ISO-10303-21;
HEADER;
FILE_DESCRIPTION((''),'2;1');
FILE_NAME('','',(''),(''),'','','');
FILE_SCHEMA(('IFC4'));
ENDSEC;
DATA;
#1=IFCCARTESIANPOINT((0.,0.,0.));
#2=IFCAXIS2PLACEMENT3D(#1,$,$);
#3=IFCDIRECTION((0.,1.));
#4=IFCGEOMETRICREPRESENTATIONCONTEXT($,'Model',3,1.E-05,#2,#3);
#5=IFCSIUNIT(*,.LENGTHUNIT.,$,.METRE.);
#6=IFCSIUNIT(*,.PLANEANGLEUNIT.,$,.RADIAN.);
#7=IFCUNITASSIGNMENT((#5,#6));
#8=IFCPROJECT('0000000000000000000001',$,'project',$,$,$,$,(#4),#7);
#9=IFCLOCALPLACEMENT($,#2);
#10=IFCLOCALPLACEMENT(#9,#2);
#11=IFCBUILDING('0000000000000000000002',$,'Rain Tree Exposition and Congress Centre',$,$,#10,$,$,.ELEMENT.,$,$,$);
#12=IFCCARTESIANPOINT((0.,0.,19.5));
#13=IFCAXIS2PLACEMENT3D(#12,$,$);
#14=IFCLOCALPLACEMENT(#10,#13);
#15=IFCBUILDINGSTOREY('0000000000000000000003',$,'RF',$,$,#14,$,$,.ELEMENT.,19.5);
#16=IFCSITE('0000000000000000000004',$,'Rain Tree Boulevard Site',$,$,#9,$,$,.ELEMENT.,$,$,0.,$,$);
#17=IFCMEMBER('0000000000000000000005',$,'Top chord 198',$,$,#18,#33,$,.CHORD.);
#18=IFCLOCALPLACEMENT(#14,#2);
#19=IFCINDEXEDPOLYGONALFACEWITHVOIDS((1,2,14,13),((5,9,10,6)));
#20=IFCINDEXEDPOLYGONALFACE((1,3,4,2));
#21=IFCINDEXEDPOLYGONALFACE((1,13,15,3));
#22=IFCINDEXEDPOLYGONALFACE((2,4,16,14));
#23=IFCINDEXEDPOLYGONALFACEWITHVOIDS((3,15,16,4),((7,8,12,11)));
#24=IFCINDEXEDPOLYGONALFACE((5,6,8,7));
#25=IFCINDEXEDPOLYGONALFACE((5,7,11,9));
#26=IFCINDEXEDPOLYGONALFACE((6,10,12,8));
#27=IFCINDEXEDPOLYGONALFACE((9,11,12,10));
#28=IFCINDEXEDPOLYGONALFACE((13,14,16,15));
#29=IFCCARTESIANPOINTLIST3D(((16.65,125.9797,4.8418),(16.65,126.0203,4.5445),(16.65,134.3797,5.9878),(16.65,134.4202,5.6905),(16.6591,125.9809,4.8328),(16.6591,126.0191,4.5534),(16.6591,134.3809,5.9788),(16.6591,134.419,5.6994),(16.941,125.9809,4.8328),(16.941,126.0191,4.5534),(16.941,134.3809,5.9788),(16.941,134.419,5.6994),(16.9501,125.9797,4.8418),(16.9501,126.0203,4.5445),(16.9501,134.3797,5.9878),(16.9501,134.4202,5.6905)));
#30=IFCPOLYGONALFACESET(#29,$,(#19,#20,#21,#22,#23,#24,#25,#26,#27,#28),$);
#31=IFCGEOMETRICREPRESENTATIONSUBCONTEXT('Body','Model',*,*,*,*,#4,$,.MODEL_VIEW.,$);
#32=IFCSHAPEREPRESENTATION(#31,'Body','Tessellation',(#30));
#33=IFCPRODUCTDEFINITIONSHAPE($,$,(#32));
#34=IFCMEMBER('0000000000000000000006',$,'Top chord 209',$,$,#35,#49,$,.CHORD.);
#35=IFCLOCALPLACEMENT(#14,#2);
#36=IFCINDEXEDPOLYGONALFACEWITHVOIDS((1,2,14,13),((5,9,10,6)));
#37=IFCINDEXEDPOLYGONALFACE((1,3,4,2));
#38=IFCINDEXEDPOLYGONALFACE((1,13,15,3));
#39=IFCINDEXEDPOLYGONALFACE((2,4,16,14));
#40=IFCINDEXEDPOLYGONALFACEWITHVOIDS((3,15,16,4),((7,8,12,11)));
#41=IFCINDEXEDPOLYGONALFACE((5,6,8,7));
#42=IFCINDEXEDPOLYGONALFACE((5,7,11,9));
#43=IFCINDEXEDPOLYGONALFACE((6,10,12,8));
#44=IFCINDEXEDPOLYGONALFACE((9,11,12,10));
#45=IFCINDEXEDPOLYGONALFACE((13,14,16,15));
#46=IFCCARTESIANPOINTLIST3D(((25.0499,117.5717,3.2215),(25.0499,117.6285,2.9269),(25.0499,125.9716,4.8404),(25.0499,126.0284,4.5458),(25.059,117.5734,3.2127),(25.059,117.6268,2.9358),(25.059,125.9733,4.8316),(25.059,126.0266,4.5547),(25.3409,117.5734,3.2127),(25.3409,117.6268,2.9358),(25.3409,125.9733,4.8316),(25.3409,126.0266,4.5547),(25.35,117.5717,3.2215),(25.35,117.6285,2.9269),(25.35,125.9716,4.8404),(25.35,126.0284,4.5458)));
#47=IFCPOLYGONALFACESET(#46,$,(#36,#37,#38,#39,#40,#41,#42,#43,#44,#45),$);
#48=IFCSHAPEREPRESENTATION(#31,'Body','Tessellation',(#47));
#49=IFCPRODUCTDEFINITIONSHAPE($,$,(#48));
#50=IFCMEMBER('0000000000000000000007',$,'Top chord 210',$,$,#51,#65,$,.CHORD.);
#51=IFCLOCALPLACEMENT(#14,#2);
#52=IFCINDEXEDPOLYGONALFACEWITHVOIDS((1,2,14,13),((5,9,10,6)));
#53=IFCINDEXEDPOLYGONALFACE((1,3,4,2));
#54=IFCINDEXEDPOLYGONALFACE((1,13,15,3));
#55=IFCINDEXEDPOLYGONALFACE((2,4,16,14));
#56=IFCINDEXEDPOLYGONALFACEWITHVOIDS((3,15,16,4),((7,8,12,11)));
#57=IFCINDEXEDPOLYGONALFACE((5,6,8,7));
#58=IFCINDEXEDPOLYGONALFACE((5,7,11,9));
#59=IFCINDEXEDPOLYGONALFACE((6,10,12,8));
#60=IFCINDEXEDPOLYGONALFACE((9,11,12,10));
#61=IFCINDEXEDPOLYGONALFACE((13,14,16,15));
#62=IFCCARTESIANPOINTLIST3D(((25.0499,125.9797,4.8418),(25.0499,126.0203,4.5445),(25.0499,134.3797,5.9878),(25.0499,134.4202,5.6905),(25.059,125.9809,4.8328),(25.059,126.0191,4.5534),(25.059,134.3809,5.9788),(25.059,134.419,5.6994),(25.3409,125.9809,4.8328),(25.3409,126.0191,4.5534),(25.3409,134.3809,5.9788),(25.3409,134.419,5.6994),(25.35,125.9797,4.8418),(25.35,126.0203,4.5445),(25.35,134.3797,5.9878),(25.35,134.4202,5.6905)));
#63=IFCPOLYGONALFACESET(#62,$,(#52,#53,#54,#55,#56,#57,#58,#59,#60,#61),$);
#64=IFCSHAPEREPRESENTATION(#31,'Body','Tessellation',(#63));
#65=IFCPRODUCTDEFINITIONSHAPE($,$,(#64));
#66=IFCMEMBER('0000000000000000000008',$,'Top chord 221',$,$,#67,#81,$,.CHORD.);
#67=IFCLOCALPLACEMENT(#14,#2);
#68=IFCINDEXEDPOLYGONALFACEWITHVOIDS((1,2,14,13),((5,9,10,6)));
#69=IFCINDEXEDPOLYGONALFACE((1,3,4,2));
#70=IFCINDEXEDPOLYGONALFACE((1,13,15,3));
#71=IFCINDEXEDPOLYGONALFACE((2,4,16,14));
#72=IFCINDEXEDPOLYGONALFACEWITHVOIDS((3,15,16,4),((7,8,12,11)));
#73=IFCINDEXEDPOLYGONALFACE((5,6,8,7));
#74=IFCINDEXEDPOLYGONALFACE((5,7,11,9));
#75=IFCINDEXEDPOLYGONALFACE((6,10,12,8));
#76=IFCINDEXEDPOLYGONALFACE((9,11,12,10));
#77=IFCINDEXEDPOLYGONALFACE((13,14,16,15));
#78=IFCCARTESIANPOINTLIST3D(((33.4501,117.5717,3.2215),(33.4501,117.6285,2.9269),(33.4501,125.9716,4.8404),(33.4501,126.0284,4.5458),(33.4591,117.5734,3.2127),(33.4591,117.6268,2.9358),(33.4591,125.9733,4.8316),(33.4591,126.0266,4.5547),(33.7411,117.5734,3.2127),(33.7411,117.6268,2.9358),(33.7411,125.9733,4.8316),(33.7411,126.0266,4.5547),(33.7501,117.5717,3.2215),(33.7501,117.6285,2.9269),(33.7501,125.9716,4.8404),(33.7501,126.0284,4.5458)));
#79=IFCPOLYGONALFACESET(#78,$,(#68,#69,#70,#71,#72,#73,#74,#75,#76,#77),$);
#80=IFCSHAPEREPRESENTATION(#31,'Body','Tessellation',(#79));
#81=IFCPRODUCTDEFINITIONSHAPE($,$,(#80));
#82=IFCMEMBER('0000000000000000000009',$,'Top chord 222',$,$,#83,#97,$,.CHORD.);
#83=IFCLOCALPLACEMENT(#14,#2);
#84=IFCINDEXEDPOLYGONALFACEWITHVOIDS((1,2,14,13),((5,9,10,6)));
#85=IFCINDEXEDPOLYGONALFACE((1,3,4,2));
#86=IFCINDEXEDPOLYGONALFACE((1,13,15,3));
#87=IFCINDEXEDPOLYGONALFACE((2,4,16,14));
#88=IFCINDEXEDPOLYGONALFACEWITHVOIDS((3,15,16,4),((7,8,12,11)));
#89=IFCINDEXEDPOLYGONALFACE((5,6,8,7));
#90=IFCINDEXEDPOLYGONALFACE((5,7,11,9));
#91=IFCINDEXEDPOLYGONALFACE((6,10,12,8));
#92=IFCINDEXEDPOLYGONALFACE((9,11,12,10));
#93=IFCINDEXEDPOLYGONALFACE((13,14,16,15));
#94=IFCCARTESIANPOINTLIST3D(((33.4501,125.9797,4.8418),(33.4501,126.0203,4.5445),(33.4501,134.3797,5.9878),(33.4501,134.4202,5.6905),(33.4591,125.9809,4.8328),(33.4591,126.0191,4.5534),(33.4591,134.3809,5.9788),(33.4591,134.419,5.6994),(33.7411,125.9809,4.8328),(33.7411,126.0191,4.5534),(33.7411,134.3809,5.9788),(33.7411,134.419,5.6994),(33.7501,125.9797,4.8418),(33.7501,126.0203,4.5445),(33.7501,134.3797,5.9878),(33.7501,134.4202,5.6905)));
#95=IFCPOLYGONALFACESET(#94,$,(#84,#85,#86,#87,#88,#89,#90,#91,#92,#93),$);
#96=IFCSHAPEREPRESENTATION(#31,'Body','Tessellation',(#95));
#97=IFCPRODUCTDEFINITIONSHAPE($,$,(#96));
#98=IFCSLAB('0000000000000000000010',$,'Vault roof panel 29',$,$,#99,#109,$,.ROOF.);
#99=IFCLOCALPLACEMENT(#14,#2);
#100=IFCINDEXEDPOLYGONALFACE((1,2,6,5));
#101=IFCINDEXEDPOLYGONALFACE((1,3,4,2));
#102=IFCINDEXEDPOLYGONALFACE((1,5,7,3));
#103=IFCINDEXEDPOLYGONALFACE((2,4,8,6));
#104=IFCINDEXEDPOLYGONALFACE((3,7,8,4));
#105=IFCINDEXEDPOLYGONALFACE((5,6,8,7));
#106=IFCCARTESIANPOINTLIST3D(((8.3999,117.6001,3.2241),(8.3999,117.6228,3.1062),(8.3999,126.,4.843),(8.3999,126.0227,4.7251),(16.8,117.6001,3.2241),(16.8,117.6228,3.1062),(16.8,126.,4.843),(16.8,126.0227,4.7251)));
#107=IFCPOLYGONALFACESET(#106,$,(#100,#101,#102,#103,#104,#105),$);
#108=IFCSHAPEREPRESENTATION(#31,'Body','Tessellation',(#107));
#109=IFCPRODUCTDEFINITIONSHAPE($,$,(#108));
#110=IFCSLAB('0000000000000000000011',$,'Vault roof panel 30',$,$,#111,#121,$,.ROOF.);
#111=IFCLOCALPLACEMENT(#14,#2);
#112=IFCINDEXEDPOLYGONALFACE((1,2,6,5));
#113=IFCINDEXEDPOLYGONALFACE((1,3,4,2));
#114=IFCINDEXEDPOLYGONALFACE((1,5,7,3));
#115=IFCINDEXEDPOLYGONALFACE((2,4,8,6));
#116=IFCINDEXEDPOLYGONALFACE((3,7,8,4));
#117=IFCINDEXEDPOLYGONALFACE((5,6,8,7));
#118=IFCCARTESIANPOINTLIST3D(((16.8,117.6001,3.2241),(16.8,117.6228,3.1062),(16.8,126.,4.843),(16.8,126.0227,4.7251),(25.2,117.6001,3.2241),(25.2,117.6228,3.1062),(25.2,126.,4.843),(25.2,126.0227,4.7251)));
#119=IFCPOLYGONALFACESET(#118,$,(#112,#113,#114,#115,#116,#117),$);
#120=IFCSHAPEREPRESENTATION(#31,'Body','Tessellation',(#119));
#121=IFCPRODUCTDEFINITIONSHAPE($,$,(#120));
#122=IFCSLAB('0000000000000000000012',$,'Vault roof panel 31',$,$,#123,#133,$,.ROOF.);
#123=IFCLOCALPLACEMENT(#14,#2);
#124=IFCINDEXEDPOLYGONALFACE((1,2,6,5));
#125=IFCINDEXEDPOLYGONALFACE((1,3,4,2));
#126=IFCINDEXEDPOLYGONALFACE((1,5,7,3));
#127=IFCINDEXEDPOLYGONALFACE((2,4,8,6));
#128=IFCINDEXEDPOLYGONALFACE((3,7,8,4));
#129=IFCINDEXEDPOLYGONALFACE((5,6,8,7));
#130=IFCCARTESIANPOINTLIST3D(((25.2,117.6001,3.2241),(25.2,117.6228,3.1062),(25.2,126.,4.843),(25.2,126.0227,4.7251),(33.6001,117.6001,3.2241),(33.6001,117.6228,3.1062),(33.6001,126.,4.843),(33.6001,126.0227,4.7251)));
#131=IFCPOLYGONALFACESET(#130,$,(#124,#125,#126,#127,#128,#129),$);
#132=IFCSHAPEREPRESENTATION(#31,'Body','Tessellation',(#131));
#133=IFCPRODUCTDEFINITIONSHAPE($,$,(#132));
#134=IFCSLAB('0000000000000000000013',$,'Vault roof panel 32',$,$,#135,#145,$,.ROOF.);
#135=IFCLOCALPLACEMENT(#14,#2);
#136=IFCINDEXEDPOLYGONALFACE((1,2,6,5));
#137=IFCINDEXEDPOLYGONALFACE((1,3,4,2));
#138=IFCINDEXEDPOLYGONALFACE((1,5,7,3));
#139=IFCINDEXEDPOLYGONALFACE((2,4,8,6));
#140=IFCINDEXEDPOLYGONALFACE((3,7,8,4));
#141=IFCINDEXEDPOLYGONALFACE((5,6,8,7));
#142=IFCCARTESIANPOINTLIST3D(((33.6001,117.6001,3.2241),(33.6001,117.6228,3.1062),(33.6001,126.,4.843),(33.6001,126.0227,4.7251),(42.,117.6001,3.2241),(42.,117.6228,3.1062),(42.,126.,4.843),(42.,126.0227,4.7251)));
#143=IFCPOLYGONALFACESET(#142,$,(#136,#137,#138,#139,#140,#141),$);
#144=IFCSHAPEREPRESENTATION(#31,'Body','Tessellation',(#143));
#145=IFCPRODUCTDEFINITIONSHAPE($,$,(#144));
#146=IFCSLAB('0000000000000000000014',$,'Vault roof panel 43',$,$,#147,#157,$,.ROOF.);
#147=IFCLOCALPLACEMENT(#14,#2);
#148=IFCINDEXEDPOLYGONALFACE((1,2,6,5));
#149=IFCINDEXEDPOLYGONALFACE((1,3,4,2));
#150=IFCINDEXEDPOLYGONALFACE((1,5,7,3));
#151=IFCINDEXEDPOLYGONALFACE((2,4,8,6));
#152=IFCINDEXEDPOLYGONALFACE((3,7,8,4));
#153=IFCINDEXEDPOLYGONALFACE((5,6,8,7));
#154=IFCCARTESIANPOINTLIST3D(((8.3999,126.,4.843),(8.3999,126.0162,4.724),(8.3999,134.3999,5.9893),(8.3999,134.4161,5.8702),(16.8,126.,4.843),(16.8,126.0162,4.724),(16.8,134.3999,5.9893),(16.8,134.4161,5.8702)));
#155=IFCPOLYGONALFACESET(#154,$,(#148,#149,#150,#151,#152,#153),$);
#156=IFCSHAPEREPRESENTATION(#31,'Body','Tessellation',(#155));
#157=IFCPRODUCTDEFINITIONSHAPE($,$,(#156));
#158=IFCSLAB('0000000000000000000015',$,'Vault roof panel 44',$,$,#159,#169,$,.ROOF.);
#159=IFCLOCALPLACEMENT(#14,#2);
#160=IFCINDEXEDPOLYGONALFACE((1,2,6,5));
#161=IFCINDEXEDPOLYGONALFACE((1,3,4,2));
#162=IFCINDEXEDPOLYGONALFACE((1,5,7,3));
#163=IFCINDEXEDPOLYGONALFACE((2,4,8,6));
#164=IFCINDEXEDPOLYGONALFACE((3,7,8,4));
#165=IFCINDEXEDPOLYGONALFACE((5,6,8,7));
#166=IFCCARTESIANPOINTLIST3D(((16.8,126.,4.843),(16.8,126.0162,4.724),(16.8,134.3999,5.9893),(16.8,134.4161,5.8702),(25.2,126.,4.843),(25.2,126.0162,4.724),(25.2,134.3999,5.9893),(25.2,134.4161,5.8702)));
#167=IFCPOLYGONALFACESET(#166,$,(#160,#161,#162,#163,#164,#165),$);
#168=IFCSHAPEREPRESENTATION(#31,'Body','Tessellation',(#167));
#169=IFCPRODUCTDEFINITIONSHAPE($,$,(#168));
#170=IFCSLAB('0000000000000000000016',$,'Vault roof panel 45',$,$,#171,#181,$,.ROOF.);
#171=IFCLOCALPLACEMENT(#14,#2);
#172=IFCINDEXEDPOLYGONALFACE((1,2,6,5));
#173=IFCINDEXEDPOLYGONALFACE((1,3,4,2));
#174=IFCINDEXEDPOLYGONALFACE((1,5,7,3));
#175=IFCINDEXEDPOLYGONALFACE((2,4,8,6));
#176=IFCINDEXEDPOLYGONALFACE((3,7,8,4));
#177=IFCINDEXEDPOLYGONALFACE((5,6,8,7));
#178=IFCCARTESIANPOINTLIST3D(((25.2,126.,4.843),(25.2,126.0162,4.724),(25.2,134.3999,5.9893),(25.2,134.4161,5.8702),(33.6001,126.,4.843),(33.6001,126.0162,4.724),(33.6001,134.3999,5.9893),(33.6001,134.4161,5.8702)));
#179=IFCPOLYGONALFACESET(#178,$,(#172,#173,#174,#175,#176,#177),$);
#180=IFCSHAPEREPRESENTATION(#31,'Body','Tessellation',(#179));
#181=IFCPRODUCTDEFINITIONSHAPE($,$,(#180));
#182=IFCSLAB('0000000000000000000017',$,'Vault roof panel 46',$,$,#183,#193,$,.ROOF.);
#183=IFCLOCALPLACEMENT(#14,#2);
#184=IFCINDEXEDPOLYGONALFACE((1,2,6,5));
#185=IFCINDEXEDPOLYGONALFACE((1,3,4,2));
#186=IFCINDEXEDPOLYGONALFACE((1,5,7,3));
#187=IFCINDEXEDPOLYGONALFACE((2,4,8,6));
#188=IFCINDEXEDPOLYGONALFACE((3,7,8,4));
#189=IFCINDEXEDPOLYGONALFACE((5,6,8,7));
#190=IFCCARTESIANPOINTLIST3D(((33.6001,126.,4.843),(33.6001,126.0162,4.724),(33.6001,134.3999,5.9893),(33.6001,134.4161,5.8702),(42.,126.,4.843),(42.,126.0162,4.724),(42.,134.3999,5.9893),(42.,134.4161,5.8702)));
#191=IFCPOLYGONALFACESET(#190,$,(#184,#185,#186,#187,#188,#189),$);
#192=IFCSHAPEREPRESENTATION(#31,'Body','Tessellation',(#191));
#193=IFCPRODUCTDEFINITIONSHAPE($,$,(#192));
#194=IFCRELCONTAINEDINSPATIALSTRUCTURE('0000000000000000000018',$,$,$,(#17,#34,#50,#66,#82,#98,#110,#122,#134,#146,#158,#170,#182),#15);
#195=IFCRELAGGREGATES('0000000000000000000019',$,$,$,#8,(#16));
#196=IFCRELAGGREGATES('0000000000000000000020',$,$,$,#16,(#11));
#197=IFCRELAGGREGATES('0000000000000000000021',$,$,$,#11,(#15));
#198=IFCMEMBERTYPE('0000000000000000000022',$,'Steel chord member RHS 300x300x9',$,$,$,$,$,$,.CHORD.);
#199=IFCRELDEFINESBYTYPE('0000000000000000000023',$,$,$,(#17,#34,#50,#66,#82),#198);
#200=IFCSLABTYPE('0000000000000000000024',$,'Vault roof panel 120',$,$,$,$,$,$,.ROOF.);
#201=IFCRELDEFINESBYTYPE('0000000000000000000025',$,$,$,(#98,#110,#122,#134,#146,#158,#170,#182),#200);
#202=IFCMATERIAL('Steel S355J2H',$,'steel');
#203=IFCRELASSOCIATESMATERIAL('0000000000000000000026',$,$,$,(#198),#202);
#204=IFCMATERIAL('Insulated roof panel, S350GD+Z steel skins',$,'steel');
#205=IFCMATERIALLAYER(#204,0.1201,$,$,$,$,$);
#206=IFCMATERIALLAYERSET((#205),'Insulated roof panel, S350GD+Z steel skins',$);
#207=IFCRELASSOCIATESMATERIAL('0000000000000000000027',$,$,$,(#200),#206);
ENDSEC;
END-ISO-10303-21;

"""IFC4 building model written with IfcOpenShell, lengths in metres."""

from ifc_helpers import new_model, si_unit, direction, frame, origin, origin_2d, place, context, subcontext, project, spatial, polyline, hollow_rectangle, outline, extrude, material, layer, layer_set, material_profile, profile_set, type_object, element, save


model = new_model("IFC4")

# Units and contexts
model_context = context("Model", 3, precision=1e-05, world=origin(), true_north=direction((0.0, 1.0)))
body_context = subcontext(model_context, "Body", "Model", "MODEL_VIEW")
ifc_project = project(units=[si_unit("LENGTHUNIT", "METRE"), si_unit("PLANEANGLEUNIT", "RADIAN")], contexts=[model_context])

# Site, building, storey
site_placement = place(None, origin())
site = spatial("IfcSite", under=ifc_project, at=site_placement, Name="Rain Tree Boulevard Site", CompositionType="ELEMENT", RefElevation=0.0)
building_placement = place(site_placement, origin())
building = spatial("IfcBuilding", under=site, at=building_placement, Name="Rain Tree Exposition and Congress Centre", CompositionType="ELEMENT")
storey_placement = place(building_placement, frame((0.0, 0.0, 19.5)))
storey = spatial("IfcBuildingStorey", under=building, at=storey_placement, Name="RF", CompositionType="ELEMENT", Elevation=19.5)

# Members
ifc_material_1 = material(Name="Steel S355J2H", Category="steel")
ifc_material_profile_1 = material_profile(ifc_material_1, hollow_rectangle(XDim=0.3, YDim=0.3, WallThickness=0.009, at=origin_2d()), Name="RHS 300x300x9")
ifc_profile_set_1 = profile_set([ifc_material_profile_1], Name="Steel S355J2H")
member_type = type_object("IfcMemberType", Name="Steel chord member RHS 300x300x9", PredefinedType="CHORD", material=ifc_profile_set_1)
member_1_placement = place(storey_placement, frame((16.8, 126.0, 4.6931), z_axis=(0.0, 0.990821, 0.135177), x_axis=(-1.0, 0.0, 0.0)))
element("IfcMember", 1, at=member_1_placement, inside=storey, type_object=member_type, Name="Top chord 198", PredefinedType="CHORD", context=body_context, shape_type="SweptSolid", body=[
    extrude(hollow_rectangle(XDim=0.3, YDim=0.3, WallThickness=0.009, at=origin_2d()), origin(), (0.0, 0.0, 1.0), 8.4778),
])
member_2_placement = place(storey_placement, frame((25.2, 117.6001, 3.0742), z_axis=(0.0, 0.98193, 0.189245), x_axis=(-1.0, 0.0, 0.0)))
element("IfcMember", 2, at=member_2_placement, inside=storey, type_object=member_type, Name="Top chord 209", PredefinedType="CHORD", context=body_context, shape_type="SweptSolid", body=[
    extrude(hollow_rectangle(XDim=0.3, YDim=0.3, WallThickness=0.009, at=origin_2d()), origin(), (0.0, 0.0, 1.0), 8.5544),
])
member_3_placement = place(storey_placement, frame((25.2, 126.0, 4.6931), z_axis=(0.0, 0.990821, 0.135177), x_axis=(-1.0, 0.0, 0.0)))
element("IfcMember", 3, at=member_3_placement, inside=storey, type_object=member_type, Name="Top chord 210", PredefinedType="CHORD", context=body_context, shape_type="SweptSolid", body=[
    extrude(hollow_rectangle(XDim=0.3, YDim=0.3, WallThickness=0.009, at=origin_2d()), origin(), (0.0, 0.0, 1.0), 8.4778),
])
member_4_placement = place(storey_placement, frame((33.6001, 117.6001, 3.0742), z_axis=(0.0, 0.98193, 0.189245), x_axis=(-1.0, 0.0, 0.0)))
element("IfcMember", 4, at=member_4_placement, inside=storey, type_object=member_type, Name="Top chord 221", PredefinedType="CHORD", context=body_context, shape_type="SweptSolid", body=[
    extrude(hollow_rectangle(XDim=0.3, YDim=0.3, WallThickness=0.009, at=origin_2d()), origin(), (0.0, 0.0, 1.0), 8.5544),
])
member_5_placement = place(storey_placement, frame((33.6001, 126.0, 4.6931), z_axis=(0.0, 0.990821, 0.135177), x_axis=(-1.0, 0.0, 0.0)))
element("IfcMember", 5, at=member_5_placement, inside=storey, type_object=member_type, Name="Top chord 222", PredefinedType="CHORD", context=body_context, shape_type="SweptSolid", body=[
    extrude(hollow_rectangle(XDim=0.3, YDim=0.3, WallThickness=0.009, at=origin_2d()), origin(), (0.0, 0.0, 1.0), 8.4778),
])

# Slabs
ifc_material_2 = material(Name="Insulated roof panel, S350GD+Z steel skins", Category="steel")
ifc_layer = layer(ifc_material_2, 0.1201)
ifc_layer_set = layer_set([ifc_layer], Name="Insulated roof panel, S350GD+Z steel skins")
slab_type = type_object("IfcSlabType", Name="Vault roof panel 120", PredefinedType="ROOF", material=ifc_layer_set)
slab_1_placement = place(storey_placement, frame((8.3999, 117.6001, 3.2241), z_axis=(0.0, -0.189245, 0.98193), x_axis=(1.0, 0.0, 0.0)))
element("IfcSlab", 6, at=slab_1_placement, inside=storey, type_object=slab_type, Name="Vault roof panel 29", PredefinedType="ROOF", context=body_context, shape_type="SweptSolid", body=[
    extrude(outline(polyline([(0.0, 0.0), (8.4001, 0.0), (8.4001, 8.5545), (0.0, 8.5545), (0.0, 0.0)])), origin(), (0.0, 0.0, -1.0), 0.1201),
])
slab_2_placement = place(storey_placement, frame((16.8, 117.6001, 3.2241), z_axis=(0.0, -0.189245, 0.98193), x_axis=(1.0, 0.0, 0.0)))
element("IfcSlab", 7, at=slab_2_placement, inside=storey, type_object=slab_type, Name="Vault roof panel 30", PredefinedType="ROOF", context=body_context, shape_type="SweptSolid", body=[
    extrude(outline(polyline([(0.0, 0.0), (8.3999, 0.0), (8.3999, 8.5545), (0.0, 8.5545), (0.0, 0.0)])), origin(), (0.0, 0.0, -1.0), 0.1201),
])
slab_3_placement = place(storey_placement, frame((25.2, 117.6001, 3.2241), z_axis=(0.0, -0.189245, 0.98193), x_axis=(1.0, 0.0, 0.0)))
element("IfcSlab", 8, at=slab_3_placement, inside=storey, type_object=slab_type, Name="Vault roof panel 31", PredefinedType="ROOF", context=body_context, shape_type="SweptSolid", body=[
    extrude(outline(polyline([(0.0, 0.0), (8.4001, 0.0), (8.4001, 8.5545), (0.0, 8.5545), (0.0, 0.0)])), origin(), (0.0, 0.0, -1.0), 0.1201),
])
slab_4_placement = place(storey_placement, frame((33.6001, 117.6001, 3.2241), z_axis=(0.0, -0.189245, 0.98193), x_axis=(1.0, 0.0, 0.0)))
element("IfcSlab", 9, at=slab_4_placement, inside=storey, type_object=slab_type, Name="Vault roof panel 32", PredefinedType="ROOF", context=body_context, shape_type="SweptSolid", body=[
    extrude(outline(polyline([(0.0, 0.0), (8.3999, 0.0), (8.3999, 8.5545), (0.0, 8.5545), (0.0, 0.0)])), origin(), (0.0, 0.0, -1.0), 0.1201),
])
slab_5_placement = place(storey_placement, frame((8.3999, 126.0, 4.843), z_axis=(0.0, -0.135206, 0.990818), x_axis=(1.0, 0.0, 0.0)))
element("IfcSlab", 10, at=slab_5_placement, inside=storey, type_object=slab_type, Name="Vault roof panel 43", PredefinedType="ROOF", context=body_context, shape_type="SweptSolid", body=[
    extrude(outline(polyline([(0.0, 0.0), (8.4001, 0.0), (8.4001, 8.4777), (0.0, 8.4777), (0.0, 0.0)])), origin(), (0.0, 0.0, -1.0), 0.1201),
])
slab_6_placement = place(storey_placement, frame((16.8, 126.0, 4.843), z_axis=(0.0, -0.135206, 0.990818), x_axis=(1.0, 0.0, 0.0)))
element("IfcSlab", 11, at=slab_6_placement, inside=storey, type_object=slab_type, Name="Vault roof panel 44", PredefinedType="ROOF", context=body_context, shape_type="SweptSolid", body=[
    extrude(outline(polyline([(0.0, 0.0), (8.3999, 0.0), (8.3999, 8.4777), (0.0, 8.4777), (0.0, 0.0)])), origin(), (0.0, 0.0, -1.0), 0.1201),
])
slab_7_placement = place(storey_placement, frame((25.2, 126.0, 4.843), z_axis=(0.0, -0.135206, 0.990818), x_axis=(1.0, 0.0, 0.0)))
element("IfcSlab", 12, at=slab_7_placement, inside=storey, type_object=slab_type, Name="Vault roof panel 45", PredefinedType="ROOF", context=body_context, shape_type="SweptSolid", body=[
    extrude(outline(polyline([(0.0, 0.0), (8.4001, 0.0), (8.4001, 8.4777), (0.0, 8.4777), (0.0, 0.0)])), origin(), (0.0, 0.0, -1.0), 0.1201),
])
slab_8_placement = place(storey_placement, frame((33.6001, 126.0, 4.843), z_axis=(0.0, -0.135206, 0.990818), x_axis=(1.0, 0.0, 0.0)))
element("IfcSlab", 13, at=slab_8_placement, inside=storey, type_object=slab_type, Name="Vault roof panel 46", PredefinedType="ROOF", context=body_context, shape_type="SweptSolid", body=[
    extrude(outline(polyline([(0.0, 0.0), (8.3999, 0.0), (8.3999, 8.4777), (0.0, 8.4777), (0.0, 0.0)])), origin(), (0.0, 0.0, -1.0), 0.1201),
])

save(model, "model.ifc")
